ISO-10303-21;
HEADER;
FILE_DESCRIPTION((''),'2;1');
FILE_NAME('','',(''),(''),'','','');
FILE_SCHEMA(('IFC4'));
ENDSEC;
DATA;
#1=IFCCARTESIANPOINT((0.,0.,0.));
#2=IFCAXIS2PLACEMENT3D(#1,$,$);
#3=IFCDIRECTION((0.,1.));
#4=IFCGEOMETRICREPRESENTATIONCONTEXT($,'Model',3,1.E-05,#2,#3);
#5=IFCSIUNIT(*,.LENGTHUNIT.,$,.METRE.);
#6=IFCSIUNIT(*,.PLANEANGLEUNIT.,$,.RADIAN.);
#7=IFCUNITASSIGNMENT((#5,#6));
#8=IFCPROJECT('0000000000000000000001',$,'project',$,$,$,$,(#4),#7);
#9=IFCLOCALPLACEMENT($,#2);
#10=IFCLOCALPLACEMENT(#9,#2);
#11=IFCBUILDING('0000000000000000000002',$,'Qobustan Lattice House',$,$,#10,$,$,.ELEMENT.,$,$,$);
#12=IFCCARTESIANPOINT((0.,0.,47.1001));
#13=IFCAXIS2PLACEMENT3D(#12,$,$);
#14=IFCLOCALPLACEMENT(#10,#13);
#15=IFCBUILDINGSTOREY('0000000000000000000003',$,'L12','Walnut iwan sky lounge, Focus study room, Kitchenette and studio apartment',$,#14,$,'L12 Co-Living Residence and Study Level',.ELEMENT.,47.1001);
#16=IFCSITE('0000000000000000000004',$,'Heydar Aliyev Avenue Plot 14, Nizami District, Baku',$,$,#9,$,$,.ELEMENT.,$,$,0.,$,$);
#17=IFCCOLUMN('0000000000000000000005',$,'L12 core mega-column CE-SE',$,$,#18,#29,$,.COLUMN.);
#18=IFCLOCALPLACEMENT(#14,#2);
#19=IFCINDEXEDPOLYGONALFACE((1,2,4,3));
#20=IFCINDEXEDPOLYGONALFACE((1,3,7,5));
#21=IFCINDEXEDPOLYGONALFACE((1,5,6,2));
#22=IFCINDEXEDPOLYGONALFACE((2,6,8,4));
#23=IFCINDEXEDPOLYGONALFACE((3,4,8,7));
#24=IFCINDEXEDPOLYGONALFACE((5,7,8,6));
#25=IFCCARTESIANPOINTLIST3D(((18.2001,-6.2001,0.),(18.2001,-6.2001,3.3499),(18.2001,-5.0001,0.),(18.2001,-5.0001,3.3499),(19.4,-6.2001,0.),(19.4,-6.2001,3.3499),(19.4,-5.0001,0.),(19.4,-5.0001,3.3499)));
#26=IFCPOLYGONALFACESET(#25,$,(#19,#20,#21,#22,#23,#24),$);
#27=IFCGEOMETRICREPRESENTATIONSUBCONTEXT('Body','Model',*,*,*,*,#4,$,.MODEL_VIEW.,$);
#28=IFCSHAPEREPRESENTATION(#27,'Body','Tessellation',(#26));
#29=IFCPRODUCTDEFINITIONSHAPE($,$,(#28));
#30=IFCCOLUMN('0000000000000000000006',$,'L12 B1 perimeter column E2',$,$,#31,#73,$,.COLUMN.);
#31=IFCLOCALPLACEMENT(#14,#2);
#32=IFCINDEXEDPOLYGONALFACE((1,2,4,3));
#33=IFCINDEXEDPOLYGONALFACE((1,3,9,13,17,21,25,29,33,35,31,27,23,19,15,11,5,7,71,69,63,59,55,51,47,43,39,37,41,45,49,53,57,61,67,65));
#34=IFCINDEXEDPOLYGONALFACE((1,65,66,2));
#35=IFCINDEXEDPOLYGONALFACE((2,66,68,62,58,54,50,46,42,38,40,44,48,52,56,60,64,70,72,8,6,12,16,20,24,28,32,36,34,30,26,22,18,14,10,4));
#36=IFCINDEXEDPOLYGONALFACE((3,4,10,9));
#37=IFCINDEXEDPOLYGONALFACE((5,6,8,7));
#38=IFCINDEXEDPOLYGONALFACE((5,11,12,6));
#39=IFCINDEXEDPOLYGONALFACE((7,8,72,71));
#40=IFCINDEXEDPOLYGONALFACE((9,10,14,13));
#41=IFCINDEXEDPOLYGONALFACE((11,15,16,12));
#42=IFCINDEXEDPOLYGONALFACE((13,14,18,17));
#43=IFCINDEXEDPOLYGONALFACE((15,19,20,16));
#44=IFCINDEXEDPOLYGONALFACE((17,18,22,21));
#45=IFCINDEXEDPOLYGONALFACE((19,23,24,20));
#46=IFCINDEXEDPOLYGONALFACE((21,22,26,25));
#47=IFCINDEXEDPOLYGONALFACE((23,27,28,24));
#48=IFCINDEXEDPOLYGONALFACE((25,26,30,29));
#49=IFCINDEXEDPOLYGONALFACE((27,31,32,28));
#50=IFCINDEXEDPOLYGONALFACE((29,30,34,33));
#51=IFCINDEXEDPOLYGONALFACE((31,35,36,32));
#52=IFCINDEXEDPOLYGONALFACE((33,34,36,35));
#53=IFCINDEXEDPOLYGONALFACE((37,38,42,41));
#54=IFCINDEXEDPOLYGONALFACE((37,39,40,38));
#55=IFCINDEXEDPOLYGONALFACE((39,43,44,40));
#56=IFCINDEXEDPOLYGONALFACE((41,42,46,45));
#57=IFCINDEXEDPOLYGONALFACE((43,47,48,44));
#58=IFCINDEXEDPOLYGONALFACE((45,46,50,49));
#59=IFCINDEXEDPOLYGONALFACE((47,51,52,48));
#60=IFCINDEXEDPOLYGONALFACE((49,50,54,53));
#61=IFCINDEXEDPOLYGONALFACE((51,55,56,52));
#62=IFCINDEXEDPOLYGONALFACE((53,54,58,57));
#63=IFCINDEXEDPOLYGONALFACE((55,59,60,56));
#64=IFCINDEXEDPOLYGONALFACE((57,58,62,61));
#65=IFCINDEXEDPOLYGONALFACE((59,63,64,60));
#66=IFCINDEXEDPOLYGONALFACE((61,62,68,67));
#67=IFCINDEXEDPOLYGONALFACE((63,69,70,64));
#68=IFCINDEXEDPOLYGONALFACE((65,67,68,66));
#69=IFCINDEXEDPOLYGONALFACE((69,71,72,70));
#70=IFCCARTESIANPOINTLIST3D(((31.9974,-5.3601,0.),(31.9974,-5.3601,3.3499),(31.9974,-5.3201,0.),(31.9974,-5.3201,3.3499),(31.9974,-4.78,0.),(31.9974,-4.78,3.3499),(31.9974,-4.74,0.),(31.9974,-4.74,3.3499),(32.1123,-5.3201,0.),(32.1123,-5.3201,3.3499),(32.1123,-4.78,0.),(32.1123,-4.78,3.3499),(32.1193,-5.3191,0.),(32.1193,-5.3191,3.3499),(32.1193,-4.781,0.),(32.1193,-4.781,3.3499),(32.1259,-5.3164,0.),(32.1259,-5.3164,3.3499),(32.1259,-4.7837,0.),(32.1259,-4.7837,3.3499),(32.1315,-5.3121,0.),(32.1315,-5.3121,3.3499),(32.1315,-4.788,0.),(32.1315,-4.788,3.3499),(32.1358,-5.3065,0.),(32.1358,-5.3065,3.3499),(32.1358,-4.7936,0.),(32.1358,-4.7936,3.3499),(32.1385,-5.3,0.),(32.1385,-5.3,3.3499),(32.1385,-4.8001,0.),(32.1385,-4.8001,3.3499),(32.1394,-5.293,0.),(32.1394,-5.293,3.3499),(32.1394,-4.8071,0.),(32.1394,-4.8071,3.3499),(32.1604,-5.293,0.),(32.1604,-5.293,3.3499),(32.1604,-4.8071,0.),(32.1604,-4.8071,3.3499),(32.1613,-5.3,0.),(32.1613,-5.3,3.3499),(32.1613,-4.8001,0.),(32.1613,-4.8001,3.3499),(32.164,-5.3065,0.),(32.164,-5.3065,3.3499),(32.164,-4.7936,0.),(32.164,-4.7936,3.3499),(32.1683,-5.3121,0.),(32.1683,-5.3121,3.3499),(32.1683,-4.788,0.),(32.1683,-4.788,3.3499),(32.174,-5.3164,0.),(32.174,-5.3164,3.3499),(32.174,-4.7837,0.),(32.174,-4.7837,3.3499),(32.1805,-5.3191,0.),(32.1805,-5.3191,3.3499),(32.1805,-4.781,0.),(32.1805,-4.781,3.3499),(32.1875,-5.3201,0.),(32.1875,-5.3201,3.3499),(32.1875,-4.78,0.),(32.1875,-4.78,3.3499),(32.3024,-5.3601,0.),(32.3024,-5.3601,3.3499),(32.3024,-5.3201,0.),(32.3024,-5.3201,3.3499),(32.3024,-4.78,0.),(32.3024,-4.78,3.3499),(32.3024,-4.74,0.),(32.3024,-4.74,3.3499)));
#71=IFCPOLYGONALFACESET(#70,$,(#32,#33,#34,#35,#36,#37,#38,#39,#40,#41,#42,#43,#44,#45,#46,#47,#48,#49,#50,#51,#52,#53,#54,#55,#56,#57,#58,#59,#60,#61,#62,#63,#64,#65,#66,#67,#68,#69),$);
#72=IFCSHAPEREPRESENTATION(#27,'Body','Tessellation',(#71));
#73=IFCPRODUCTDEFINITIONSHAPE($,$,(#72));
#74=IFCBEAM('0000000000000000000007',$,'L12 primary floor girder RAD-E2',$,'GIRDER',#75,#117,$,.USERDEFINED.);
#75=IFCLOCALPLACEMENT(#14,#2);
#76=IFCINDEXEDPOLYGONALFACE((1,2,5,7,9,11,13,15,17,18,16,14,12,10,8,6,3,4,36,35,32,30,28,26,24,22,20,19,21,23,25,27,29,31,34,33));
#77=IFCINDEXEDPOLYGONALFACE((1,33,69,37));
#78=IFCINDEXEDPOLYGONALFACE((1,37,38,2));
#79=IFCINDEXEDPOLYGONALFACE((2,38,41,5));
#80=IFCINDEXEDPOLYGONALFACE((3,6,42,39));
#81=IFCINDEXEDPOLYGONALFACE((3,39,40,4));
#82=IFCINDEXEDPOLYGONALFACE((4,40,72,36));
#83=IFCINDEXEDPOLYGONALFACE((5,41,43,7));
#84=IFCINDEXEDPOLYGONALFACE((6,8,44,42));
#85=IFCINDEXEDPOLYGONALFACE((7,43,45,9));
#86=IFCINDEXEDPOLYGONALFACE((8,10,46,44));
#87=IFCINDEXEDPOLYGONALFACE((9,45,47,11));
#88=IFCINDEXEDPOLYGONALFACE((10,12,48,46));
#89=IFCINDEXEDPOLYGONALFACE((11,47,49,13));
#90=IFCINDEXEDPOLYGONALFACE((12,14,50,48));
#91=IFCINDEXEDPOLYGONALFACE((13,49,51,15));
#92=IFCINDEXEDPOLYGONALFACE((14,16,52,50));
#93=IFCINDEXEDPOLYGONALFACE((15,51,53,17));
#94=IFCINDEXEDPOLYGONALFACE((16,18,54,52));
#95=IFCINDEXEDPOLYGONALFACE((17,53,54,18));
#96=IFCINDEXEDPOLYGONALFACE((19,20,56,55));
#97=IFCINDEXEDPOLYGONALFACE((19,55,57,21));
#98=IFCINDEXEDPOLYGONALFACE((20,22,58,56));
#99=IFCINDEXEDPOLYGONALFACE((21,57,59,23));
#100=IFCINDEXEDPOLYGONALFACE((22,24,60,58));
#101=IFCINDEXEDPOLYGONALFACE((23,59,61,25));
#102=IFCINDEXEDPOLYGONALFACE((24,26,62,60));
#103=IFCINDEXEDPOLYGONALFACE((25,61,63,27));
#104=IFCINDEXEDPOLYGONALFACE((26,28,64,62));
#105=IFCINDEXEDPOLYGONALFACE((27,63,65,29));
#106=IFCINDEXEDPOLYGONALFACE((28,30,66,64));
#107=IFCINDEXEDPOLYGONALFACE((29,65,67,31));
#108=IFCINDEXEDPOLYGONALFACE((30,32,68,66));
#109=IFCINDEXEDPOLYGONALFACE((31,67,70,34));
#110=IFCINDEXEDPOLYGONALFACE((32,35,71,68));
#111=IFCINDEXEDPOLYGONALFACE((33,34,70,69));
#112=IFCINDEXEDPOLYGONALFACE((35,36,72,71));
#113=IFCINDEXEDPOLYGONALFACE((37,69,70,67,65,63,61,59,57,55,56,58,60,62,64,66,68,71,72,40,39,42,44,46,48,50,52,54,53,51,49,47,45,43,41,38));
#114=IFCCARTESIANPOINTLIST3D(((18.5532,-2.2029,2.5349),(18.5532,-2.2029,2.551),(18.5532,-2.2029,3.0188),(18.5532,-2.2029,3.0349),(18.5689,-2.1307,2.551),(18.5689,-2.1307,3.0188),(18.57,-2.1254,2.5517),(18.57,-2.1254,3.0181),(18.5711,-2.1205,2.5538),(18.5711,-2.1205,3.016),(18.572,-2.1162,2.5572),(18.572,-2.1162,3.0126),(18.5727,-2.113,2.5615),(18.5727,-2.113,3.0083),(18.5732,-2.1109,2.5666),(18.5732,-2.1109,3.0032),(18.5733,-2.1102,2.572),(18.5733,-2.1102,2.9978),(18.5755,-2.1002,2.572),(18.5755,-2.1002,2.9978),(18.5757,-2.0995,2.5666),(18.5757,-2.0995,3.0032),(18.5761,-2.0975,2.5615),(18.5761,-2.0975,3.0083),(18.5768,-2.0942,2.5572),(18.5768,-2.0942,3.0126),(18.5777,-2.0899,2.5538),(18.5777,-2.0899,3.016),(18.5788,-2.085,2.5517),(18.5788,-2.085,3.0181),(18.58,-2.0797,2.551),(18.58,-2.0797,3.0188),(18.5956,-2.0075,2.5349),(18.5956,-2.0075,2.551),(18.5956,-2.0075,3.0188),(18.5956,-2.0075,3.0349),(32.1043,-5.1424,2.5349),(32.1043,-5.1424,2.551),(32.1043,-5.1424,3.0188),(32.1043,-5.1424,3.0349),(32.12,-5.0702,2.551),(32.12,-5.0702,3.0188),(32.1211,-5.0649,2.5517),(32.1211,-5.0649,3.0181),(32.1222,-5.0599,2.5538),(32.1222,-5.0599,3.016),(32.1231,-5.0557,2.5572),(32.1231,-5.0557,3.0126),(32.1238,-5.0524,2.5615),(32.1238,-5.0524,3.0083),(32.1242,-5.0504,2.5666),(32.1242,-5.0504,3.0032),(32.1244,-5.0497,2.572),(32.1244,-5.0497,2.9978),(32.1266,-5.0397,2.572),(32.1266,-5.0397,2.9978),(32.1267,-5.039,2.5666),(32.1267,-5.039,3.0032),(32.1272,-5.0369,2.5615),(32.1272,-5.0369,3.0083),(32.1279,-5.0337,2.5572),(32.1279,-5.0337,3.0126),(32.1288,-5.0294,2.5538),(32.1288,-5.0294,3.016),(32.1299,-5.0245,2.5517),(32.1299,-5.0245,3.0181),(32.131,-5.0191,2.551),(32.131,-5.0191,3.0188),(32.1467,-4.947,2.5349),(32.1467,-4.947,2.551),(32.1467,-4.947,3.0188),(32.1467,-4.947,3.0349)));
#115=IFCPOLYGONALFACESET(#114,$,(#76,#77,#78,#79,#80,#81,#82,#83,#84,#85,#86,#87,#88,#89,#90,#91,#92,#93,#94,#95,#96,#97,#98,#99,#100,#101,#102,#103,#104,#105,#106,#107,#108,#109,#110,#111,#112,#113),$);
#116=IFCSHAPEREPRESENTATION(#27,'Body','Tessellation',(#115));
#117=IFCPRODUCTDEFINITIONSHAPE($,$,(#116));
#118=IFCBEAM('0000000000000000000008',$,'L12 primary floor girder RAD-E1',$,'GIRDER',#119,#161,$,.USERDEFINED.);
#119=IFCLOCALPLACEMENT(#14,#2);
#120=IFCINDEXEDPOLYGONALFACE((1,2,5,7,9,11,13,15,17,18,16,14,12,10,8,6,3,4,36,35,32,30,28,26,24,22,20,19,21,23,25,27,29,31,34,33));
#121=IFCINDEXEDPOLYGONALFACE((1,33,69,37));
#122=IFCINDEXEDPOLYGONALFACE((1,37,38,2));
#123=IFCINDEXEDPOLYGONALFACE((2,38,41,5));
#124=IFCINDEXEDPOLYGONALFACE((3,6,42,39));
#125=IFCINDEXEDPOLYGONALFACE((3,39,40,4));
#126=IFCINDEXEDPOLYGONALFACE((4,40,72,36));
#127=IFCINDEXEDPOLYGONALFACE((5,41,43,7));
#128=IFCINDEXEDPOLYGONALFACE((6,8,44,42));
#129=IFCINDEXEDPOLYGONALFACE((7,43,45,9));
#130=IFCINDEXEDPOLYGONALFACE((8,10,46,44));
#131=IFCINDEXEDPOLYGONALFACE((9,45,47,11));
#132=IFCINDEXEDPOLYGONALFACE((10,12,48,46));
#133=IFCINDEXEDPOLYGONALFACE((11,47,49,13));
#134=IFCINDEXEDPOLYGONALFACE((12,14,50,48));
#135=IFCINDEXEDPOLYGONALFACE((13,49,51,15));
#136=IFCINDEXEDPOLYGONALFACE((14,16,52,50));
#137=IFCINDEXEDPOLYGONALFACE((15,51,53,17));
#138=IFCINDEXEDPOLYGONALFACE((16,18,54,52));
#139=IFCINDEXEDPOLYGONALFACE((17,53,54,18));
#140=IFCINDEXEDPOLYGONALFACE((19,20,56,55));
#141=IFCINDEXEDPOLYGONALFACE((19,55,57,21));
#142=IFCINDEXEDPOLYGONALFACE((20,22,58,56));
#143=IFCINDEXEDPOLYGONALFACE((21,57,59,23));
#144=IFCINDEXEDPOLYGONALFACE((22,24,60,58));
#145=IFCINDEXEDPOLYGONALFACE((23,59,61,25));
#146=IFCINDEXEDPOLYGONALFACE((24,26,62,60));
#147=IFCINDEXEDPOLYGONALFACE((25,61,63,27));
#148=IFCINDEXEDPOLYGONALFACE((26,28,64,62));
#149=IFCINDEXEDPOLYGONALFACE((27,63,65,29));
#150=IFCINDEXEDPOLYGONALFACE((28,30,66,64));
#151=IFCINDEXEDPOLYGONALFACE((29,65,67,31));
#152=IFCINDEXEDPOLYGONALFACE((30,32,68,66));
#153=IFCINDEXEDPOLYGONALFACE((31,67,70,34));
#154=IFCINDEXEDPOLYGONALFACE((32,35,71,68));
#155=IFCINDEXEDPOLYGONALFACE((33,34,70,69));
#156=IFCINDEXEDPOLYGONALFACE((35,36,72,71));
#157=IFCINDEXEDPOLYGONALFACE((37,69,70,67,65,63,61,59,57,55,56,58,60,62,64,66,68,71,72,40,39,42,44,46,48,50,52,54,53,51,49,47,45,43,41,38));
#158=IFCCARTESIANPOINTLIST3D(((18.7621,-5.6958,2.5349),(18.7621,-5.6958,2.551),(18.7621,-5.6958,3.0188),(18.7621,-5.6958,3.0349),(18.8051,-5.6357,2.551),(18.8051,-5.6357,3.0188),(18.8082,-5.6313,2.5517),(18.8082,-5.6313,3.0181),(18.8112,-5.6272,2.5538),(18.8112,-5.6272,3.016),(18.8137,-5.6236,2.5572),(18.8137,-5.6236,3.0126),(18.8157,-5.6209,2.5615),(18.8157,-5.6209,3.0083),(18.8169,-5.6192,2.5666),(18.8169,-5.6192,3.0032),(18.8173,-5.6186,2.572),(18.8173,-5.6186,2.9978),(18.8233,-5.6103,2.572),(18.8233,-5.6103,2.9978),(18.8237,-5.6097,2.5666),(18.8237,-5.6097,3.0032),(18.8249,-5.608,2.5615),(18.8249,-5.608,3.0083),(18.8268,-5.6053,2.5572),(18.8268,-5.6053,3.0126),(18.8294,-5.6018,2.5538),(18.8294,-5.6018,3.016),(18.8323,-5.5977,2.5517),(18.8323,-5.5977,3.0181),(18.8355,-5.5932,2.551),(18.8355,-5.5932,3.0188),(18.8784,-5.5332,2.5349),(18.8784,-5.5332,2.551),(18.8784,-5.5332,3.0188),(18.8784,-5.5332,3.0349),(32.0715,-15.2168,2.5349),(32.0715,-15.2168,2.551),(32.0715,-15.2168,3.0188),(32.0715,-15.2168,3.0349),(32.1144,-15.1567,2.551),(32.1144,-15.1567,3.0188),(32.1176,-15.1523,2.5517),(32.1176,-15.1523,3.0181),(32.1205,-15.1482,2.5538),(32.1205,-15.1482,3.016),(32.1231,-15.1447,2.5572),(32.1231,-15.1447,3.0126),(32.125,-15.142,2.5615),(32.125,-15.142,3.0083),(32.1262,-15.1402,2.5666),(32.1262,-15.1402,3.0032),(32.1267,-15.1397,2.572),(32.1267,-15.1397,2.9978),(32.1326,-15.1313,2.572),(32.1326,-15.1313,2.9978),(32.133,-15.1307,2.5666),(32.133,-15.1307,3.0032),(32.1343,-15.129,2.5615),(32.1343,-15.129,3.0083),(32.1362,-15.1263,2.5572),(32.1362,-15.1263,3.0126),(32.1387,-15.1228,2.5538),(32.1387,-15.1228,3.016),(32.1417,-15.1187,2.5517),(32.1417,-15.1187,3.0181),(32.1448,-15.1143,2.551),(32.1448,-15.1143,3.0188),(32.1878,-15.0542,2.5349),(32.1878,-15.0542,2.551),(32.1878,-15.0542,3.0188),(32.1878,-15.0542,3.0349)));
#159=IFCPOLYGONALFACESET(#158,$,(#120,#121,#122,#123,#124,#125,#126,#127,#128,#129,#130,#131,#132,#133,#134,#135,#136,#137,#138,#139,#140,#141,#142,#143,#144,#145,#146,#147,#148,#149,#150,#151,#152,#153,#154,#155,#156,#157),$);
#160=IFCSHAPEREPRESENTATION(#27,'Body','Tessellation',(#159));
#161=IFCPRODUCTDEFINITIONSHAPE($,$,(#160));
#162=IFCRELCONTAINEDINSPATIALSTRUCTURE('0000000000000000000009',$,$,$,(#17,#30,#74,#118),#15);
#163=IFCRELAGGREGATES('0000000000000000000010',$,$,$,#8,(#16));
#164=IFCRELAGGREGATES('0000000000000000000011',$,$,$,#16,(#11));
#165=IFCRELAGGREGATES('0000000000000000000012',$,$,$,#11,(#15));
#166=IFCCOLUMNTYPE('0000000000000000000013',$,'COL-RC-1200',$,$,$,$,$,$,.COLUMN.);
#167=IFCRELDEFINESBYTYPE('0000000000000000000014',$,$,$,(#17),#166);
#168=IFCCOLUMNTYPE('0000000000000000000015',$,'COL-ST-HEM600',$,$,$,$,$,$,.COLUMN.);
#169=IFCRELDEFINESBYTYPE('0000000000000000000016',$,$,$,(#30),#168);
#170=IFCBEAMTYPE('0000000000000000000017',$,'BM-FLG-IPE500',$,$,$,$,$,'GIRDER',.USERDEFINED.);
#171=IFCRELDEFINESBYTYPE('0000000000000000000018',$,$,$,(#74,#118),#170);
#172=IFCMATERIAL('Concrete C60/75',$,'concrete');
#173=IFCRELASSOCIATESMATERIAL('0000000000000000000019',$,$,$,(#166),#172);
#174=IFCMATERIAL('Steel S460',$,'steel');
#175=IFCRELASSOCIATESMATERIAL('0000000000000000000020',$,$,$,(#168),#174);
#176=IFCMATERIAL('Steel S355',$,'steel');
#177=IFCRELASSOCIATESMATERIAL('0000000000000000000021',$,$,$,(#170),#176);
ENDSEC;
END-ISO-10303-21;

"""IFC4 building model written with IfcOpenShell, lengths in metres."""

from ifc_helpers import new_model, si_unit, direction, frame, origin, origin_2d, place, context, subcontext, project, spatial, rectangle, i_section, extrude, material, material_profile, profile_set, type_object, element, save


model = new_model("IFC4")

# Units and contexts
model_context = context("Model", 3, precision=1e-05, world=origin(), true_north=direction((0.0, 1.0)))
body_context = subcontext(model_context, "Body", "Model", "MODEL_VIEW")
ifc_project = project(units=[si_unit("LENGTHUNIT", "METRE"), si_unit("PLANEANGLEUNIT", "RADIAN")], contexts=[model_context])

# Site, building, storey
site_placement = place(None, origin())
site = spatial("IfcSite", under=ifc_project, at=site_placement, Name="Heydar Aliyev Avenue Plot 14, Nizami District, Baku", CompositionType="ELEMENT", RefElevation=0.0)
building_placement = place(site_placement, origin())
building = spatial("IfcBuilding", under=site, at=building_placement, Name="Qobustan Lattice House", CompositionType="ELEMENT")
storey_placement = place(building_placement, frame((0.0, 0.0, 47.1001)))
storey = spatial("IfcBuildingStorey", under=building, at=storey_placement, Name="L12", Description="Walnut iwan sky lounge, Focus study room, Kitchenette and studio apartment", LongName="L12 Co-Living Residence and Study Level", CompositionType="ELEMENT", Elevation=47.1001)

# Columns
ifc_material_1 = material(Name="Concrete C60/75", Category="concrete")
ifc_material_profile_1 = material_profile(ifc_material_1, rectangle(XDim=1.2, YDim=1.2, at=origin_2d()), Name="RC1200x1200")
ifc_profile_set_1 = profile_set([ifc_material_profile_1], Name="Concrete C60/75")
column_type_1 = type_object("IfcColumnType", Name="COL-RC-1200", PredefinedType="COLUMN", material=ifc_profile_set_1)
column_1_placement = place(storey_placement, frame((18.8, -5.6001, 0.0), z_axis=(0.0, 0.0, 1.0), x_axis=(1.0, 0.0, 0.0)))
element("IfcColumn", 1, at=column_1_placement, inside=storey, type_object=column_type_1, Name="L12 core mega-column CE-SE", PredefinedType="COLUMN", context=body_context, shape_type="SweptSolid", body=[
    extrude(rectangle(XDim=1.2, YDim=1.2, at=origin_2d()), origin(), (0.0, 0.0, 1.0), 3.3499),
])
ifc_material_2 = material(Name="Steel S460", Category="steel")
ifc_material_profile_2 = material_profile(ifc_material_2, i_section(OverallWidth=0.3049, OverallDepth=0.6201, WebThickness=0.021, FlangeThickness=0.04, FilletRadius=0.0271, at=origin_2d()), Name="HEM600")
ifc_profile_set_2 = profile_set([ifc_material_profile_2], Name="Steel S460")
column_type_2 = type_object("IfcColumnType", Name="COL-ST-HEM600", PredefinedType="COLUMN", material=ifc_profile_set_2)
column_2_placement = place(storey_placement, frame((32.1499, -5.05, 0.0), z_axis=(0.0, 0.0, 1.0), x_axis=(1.0, 0.0, 0.0)))
element("IfcColumn", 2, at=column_2_placement, inside=storey, type_object=column_type_2, Name="L12 B1 perimeter column E2", PredefinedType="COLUMN", context=body_context, shape_type="SweptSolid", body=[
    extrude(i_section(OverallWidth=0.3049, OverallDepth=0.6201, WebThickness=0.021, FlangeThickness=0.04, FilletRadius=0.0271, at=origin_2d()), origin(), (0.0, 0.0, 1.0), 3.3499),
])

# Beams
ifc_material_3 = material(Name="Steel S355", Category="steel")
ifc_material_profile_3 = material_profile(ifc_material_3, i_section(OverallWidth=0.2, OverallDepth=0.5, WebThickness=0.0103, FlangeThickness=0.0161, FilletRadius=0.021, at=origin_2d()), Name="IPE500")
ifc_profile_set_3 = profile_set([ifc_material_profile_3], Name="Steel S355")
beam_type_1 = type_object("IfcBeamType", Name="BM-FLG-IPE500", ElementType="GIRDER", PredefinedType="USERDEFINED", material=ifc_profile_set_3)
beam_1_placement = place(storey_placement, frame((32.1255, -5.0447, 2.7849), z_axis=(-0.977272, 0.211987, 0.0), x_axis=(-0.211987, -0.977272, 0.0)))
element("IfcBeam", 3, at=beam_1_placement, inside=storey, type_object=beam_type_1, Name="L12 primary floor girder RAD-E2", ObjectType="GIRDER", PredefinedType="USERDEFINED", context=body_context, shape_type="SweptSolid", body=[
    extrude(i_section(OverallWidth=0.2, OverallDepth=0.5, WebThickness=0.0103, FlangeThickness=0.0161, FilletRadius=0.021, at=origin_2d()), origin(), (0.0, 0.0, 1.0), 13.8662),
])
beam_2_placement = place(storey_placement, frame((32.1296, -15.1355, 2.7849), z_axis=(-0.813319, 0.581818, 0.0), x_axis=(-0.581818, -0.813319, 0.0)))
element("IfcBeam", 4, at=beam_2_placement, inside=storey, type_object=beam_type_1, Name="L12 primary floor girder RAD-E1", ObjectType="GIRDER", PredefinedType="USERDEFINED", context=body_context, shape_type="SweptSolid", body=[
    extrude(i_section(OverallWidth=0.2, OverallDepth=0.5, WebThickness=0.0103, FlangeThickness=0.0161, FilletRadius=0.021, at=origin_2d()), origin(), (0.0, 0.0, 1.0), 16.3643),
])

save(model, "model.ifc")
